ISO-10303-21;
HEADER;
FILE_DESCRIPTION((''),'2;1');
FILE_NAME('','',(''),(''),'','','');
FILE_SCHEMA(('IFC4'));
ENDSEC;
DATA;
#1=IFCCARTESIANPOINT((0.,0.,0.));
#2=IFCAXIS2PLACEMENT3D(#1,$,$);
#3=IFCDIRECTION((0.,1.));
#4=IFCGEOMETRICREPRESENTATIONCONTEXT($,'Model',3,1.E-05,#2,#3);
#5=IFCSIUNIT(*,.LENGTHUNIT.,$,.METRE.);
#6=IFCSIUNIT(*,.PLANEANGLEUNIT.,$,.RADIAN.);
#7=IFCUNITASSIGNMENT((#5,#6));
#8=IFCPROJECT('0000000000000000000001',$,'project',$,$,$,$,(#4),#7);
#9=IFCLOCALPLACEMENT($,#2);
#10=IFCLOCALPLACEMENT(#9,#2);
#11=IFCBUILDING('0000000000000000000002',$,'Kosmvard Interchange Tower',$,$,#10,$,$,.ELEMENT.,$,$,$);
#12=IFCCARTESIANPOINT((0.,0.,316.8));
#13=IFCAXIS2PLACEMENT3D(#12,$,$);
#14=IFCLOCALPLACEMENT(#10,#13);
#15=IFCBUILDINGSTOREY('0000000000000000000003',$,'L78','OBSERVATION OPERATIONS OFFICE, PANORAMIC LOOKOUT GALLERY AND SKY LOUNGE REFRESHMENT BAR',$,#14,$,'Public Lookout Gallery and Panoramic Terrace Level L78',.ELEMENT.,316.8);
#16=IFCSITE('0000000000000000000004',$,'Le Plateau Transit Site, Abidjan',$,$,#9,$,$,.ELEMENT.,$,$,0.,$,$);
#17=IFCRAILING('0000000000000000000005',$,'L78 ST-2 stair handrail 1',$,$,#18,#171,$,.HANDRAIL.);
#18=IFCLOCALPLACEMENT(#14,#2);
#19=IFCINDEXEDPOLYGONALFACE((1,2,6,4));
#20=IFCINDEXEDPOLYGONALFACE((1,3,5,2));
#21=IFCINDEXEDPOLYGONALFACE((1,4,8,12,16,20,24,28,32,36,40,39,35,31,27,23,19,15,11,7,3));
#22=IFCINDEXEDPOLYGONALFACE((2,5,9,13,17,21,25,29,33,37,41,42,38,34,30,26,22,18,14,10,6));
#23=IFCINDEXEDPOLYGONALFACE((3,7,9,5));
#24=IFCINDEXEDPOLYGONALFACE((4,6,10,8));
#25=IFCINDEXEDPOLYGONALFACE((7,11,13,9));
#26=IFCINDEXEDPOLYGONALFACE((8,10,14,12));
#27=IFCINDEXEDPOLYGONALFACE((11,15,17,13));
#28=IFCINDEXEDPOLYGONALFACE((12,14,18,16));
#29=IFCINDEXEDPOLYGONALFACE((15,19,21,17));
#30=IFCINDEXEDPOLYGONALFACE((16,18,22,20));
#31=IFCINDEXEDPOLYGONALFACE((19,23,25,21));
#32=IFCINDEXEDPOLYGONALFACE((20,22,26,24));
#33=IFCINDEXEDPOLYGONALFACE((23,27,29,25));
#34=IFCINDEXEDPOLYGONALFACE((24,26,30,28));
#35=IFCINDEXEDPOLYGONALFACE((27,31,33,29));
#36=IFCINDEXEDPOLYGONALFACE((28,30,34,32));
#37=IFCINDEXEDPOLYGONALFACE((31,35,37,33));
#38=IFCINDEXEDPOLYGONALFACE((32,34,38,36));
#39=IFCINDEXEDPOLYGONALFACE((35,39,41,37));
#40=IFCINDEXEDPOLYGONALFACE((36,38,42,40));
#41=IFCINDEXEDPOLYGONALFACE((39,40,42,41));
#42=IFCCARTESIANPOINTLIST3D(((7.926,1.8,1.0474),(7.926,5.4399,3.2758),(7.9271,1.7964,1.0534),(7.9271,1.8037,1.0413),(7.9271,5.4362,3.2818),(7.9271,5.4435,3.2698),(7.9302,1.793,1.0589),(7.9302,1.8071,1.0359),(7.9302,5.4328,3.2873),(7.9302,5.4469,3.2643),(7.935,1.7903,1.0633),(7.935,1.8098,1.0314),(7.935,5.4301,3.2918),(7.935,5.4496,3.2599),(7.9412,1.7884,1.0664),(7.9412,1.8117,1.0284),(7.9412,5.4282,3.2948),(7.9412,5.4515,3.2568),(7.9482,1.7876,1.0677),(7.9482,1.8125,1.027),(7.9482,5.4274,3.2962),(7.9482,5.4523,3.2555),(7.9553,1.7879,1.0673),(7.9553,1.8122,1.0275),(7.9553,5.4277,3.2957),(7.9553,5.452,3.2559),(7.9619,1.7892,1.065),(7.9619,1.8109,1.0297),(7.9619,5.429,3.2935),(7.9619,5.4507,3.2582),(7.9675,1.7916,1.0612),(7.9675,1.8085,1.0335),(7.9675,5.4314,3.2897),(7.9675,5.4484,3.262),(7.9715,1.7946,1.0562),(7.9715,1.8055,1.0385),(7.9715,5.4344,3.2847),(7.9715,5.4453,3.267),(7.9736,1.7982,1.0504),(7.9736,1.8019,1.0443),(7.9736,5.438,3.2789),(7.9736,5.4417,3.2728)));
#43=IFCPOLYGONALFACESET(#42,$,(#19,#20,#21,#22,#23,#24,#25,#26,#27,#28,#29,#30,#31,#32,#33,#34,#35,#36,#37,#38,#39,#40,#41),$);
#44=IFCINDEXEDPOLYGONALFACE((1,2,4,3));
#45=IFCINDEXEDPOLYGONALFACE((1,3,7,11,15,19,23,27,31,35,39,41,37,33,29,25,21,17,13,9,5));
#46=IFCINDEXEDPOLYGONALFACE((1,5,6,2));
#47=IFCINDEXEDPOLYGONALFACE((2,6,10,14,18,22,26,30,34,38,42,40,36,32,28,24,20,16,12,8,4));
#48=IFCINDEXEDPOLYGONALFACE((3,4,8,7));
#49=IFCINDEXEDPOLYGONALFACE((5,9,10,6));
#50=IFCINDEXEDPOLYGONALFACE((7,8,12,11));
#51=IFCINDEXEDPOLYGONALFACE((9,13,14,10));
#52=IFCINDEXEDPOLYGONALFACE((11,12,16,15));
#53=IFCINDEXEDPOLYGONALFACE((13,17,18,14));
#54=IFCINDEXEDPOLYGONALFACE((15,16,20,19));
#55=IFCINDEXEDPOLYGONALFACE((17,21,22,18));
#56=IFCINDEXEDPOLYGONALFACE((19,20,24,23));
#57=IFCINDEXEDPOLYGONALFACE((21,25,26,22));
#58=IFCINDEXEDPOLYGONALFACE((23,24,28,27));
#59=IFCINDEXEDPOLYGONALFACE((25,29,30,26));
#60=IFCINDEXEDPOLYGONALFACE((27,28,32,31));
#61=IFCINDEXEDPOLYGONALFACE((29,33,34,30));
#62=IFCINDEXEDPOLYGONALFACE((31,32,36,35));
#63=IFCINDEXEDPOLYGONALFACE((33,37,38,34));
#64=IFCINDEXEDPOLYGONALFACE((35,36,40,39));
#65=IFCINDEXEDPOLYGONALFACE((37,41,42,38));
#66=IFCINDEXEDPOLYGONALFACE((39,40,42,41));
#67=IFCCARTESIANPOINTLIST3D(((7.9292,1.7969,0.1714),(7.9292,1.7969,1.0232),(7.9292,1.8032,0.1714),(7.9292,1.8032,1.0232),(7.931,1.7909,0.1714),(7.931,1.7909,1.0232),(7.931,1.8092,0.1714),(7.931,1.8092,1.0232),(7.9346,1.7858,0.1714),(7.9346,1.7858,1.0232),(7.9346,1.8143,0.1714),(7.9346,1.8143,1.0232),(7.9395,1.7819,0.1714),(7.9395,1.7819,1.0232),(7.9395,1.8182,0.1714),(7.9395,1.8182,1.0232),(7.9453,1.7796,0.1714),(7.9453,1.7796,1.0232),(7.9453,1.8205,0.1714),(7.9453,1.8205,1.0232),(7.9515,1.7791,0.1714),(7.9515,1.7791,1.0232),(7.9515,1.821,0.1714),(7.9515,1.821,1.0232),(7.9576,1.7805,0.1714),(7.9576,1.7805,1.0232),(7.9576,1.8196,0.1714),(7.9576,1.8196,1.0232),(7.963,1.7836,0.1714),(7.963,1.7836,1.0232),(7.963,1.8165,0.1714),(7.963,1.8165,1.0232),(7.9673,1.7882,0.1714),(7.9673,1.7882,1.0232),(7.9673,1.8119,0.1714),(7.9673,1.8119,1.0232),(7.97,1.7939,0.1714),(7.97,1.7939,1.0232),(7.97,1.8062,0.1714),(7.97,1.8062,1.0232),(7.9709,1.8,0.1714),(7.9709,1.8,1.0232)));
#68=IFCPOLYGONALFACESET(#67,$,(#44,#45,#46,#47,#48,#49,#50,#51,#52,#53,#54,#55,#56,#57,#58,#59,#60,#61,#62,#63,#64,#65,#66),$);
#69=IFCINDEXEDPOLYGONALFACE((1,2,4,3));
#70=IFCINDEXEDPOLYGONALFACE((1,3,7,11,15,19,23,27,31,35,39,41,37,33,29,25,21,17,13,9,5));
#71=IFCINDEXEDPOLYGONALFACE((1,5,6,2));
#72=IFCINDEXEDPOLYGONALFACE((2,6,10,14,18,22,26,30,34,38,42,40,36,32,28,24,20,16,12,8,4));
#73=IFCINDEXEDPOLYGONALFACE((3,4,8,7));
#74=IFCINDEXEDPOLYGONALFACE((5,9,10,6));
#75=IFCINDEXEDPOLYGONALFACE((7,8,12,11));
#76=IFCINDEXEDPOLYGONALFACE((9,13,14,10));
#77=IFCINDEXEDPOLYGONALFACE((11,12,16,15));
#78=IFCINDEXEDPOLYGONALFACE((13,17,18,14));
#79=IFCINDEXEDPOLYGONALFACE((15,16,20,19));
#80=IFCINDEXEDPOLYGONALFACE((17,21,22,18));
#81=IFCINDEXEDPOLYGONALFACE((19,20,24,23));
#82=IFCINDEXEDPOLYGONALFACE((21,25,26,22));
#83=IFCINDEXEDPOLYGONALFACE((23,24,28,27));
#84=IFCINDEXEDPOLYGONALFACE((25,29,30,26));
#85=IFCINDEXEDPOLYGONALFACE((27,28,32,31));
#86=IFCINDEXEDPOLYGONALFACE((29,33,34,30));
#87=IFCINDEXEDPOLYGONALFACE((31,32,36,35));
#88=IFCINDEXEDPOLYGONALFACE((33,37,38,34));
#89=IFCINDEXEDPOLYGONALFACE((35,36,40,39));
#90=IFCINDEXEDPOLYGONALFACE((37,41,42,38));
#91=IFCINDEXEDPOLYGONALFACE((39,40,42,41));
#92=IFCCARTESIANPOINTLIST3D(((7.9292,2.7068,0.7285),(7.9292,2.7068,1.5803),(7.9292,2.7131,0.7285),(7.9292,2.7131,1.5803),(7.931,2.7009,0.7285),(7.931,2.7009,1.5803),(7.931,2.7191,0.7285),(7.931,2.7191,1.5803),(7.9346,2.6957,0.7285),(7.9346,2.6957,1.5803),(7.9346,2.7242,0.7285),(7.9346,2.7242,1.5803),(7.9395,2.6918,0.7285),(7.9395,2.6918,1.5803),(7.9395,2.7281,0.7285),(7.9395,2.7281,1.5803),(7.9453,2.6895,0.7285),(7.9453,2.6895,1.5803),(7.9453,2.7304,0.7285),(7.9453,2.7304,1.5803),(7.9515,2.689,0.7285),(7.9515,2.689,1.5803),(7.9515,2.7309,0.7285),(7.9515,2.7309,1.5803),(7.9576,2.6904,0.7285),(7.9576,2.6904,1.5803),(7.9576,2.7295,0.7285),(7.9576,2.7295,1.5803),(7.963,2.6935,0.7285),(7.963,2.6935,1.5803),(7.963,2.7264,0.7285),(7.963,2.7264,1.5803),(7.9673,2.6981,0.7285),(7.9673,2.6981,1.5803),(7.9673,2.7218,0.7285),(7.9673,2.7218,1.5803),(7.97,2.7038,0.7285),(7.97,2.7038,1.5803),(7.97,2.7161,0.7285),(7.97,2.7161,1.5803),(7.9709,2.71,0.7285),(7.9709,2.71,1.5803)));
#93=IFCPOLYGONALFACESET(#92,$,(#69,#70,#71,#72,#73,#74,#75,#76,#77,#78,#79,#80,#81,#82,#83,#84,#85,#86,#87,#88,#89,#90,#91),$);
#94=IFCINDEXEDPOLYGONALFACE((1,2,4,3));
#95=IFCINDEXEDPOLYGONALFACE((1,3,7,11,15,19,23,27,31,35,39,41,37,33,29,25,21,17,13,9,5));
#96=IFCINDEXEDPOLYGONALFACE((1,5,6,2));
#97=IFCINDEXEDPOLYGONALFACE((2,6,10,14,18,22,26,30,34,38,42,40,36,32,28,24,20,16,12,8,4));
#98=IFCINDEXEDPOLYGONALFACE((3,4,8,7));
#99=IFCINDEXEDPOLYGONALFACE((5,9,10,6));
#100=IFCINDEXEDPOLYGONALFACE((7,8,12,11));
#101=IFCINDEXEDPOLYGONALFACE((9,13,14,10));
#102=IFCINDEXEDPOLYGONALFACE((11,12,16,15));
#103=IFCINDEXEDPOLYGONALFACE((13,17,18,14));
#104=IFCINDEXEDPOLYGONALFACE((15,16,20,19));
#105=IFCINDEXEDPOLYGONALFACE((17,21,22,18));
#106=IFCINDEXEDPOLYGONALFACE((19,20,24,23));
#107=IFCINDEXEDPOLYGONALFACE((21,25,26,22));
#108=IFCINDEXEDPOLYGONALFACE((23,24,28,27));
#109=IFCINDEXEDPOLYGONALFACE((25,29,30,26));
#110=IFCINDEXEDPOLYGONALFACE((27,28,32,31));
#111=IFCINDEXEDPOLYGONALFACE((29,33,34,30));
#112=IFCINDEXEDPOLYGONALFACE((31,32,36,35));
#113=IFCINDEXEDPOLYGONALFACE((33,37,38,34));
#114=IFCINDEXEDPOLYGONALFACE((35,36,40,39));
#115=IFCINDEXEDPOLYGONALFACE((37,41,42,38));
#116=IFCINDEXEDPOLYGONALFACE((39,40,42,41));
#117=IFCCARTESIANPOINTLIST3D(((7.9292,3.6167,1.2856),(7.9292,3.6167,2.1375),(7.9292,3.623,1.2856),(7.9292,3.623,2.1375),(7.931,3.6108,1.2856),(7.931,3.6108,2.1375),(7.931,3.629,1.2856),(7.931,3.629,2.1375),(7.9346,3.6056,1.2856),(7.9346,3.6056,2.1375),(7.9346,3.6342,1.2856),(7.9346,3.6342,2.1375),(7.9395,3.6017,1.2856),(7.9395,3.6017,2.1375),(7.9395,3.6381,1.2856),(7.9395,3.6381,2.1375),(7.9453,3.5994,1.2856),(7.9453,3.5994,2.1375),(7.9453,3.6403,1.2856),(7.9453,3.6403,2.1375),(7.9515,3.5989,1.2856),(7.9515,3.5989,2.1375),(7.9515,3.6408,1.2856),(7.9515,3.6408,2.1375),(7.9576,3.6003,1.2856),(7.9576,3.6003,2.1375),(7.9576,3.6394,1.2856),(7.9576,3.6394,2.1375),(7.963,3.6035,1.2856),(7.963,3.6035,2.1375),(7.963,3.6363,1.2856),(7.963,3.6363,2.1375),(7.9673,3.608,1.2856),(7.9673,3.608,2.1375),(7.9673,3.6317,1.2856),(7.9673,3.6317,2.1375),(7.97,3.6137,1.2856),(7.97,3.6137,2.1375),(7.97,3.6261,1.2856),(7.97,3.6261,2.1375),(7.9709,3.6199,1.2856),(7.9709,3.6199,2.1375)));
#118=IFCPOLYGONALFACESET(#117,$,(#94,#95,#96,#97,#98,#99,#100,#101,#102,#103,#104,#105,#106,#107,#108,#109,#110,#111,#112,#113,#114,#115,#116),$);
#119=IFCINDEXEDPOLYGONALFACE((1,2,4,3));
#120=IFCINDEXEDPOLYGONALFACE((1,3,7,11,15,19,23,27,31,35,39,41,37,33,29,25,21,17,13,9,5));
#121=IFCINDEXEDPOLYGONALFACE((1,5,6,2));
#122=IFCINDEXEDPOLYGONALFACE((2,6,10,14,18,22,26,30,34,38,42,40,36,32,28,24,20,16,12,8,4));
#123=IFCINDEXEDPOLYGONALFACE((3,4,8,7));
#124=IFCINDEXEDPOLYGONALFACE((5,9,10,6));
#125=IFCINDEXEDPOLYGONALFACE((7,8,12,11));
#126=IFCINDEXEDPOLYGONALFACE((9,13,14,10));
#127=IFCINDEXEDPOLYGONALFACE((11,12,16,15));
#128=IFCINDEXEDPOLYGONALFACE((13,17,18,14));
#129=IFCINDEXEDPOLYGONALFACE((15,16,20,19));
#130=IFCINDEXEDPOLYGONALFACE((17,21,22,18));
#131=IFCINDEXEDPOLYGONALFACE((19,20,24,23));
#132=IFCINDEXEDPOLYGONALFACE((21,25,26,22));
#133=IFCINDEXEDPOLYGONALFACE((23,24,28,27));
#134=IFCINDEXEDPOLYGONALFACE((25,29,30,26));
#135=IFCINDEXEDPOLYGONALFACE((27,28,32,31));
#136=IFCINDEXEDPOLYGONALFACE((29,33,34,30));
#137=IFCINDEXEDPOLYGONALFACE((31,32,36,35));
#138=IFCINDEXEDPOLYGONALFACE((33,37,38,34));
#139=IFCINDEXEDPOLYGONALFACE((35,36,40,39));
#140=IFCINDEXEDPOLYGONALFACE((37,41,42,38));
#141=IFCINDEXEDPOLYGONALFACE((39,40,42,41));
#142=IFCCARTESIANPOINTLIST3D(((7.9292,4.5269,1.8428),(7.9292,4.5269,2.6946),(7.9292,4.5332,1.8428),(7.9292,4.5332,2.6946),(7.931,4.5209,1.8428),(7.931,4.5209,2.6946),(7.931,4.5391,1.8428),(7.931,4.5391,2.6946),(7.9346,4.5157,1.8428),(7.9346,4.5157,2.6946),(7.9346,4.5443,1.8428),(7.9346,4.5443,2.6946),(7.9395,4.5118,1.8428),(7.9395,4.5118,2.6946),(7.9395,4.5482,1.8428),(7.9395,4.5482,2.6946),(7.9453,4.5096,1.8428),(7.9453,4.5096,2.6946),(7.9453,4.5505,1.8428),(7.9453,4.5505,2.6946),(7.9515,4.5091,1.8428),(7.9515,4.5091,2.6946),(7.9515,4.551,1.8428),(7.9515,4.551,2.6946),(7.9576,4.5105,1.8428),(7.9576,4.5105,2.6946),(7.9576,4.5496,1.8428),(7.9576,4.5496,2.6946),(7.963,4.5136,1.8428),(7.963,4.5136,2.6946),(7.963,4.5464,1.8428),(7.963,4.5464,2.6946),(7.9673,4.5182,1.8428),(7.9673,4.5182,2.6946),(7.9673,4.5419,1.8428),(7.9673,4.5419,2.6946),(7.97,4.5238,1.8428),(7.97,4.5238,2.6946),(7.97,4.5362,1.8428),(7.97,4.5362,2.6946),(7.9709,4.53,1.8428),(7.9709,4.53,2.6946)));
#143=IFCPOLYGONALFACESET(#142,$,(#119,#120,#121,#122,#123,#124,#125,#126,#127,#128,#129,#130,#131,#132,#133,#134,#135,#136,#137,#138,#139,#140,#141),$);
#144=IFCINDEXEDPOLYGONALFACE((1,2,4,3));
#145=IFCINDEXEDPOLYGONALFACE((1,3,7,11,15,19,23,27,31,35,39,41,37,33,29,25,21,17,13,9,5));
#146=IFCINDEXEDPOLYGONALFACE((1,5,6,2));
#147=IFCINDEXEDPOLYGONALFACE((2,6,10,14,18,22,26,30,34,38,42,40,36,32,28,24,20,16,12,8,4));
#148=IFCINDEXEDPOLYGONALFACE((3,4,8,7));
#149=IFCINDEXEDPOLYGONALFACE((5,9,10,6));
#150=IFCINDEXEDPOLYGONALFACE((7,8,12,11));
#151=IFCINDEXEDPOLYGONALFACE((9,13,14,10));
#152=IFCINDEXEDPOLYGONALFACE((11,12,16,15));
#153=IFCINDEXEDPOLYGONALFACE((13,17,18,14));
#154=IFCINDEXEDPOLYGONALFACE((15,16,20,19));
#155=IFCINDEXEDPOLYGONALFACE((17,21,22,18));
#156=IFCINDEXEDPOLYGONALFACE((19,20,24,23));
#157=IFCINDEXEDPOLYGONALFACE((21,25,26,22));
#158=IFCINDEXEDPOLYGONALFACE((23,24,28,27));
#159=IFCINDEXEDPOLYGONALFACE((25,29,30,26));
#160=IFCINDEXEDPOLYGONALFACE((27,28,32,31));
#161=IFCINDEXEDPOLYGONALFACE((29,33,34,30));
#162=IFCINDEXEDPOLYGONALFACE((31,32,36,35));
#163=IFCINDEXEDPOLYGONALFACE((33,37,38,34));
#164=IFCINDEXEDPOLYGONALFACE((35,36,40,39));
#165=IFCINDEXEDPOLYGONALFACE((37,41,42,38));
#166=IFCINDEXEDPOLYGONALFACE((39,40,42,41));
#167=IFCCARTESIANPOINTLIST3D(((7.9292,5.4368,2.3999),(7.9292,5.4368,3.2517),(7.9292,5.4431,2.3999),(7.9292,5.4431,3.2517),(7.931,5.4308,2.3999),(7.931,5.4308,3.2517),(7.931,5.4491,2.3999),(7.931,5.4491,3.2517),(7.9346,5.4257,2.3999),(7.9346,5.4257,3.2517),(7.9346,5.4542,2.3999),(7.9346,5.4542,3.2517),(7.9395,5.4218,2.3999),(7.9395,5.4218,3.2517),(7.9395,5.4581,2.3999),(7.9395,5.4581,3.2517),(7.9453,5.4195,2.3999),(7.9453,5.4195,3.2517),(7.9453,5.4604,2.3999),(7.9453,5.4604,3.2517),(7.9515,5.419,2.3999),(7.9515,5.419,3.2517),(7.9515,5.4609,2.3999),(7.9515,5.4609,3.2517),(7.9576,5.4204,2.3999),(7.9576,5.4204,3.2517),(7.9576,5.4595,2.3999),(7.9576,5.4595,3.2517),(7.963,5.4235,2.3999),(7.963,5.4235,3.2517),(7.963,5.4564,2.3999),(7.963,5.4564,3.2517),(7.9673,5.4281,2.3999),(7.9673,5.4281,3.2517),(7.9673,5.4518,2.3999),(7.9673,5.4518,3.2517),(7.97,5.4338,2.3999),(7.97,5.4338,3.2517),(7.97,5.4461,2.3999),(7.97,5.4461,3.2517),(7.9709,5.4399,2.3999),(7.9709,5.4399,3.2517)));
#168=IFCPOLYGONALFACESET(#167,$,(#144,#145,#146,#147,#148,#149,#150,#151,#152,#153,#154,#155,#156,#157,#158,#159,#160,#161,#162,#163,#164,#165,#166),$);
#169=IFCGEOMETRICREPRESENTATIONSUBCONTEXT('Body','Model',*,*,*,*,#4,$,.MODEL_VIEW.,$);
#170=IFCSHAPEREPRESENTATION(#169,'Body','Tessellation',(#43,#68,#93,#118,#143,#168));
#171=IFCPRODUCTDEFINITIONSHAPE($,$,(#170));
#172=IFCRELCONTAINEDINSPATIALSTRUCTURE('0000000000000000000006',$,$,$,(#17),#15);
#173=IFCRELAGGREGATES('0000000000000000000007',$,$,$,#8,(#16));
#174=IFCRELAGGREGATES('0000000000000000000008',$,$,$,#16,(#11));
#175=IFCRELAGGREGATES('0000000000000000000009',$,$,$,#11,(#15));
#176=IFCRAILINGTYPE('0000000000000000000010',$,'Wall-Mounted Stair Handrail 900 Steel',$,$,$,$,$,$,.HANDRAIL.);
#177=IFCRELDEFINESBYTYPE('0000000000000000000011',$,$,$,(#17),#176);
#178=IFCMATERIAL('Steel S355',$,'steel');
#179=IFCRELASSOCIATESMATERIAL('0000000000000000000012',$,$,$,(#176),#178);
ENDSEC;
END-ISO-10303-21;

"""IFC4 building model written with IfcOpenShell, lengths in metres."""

from ifc_helpers import new_model, si_unit, direction, frame, origin, origin_2d, place, context, subcontext, project, spatial, circle, extrude, source, transform, mapped, material, type_object, element, save


model = new_model("IFC4")

# Units and contexts
model_context = context("Model", 3, precision=1e-05, world=origin(), true_north=direction((0.0, 1.0)))
body_context = subcontext(model_context, "Body", "Model", "MODEL_VIEW")
ifc_project = project(units=[si_unit("LENGTHUNIT", "METRE"), si_unit("PLANEANGLEUNIT", "RADIAN")], contexts=[model_context])

# Site, building, storey
site_placement = place(None, origin())
site = spatial("IfcSite", under=ifc_project, at=site_placement, Name="Le Plateau Transit Site, Abidjan", CompositionType="ELEMENT", RefElevation=0.0)
building_placement = place(site_placement, origin())
building = spatial("IfcBuilding", under=site, at=building_placement, Name="Kosmvard Interchange Tower", CompositionType="ELEMENT")
storey_placement = place(building_placement, frame((0.0, 0.0, 316.8)))
storey = spatial("IfcBuildingStorey", under=building, at=storey_placement, Name="L78", Description="OBSERVATION OPERATIONS OFFICE, PANORAMIC LOOKOUT GALLERY AND SKY LOUNGE REFRESHMENT BAR", LongName="Public Lookout Gallery and Panoramic Terrace Level L78", CompositionType="ELEMENT", Elevation=316.8)

# Shared definitions
ifc_material_1 = material(Name="Steel S355", Category="steel")

# Railing
railing_type_1 = type_object("IfcRailingType", Name="Wall-Mounted Stair Handrail 900 Steel", PredefinedType="HANDRAIL", material=ifc_material_1)
shared_shape_1 = source(origin(), body_context, "Body", "SweptSolid", [
    extrude(circle(Radius=0.0239, at=origin_2d()), frame((0.0, 0.0, 0.876), z_axis=(0.0, 0.85285, 0.522156), x_axis=(-1.0, 0.0, 0.0)), (0.0, 0.0, 1.0), 4.2678),
    extrude(circle(Radius=0.021, at=origin_2d()), origin(), (0.0, 0.0, 1.0), 0.8518),
    extrude(circle(Radius=0.021, at=origin_2d()), frame((0.0, 0.9099, 0.5571)), (0.0, 0.0, 1.0), 0.8518),
    extrude(circle(Radius=0.021, at=origin_2d()), frame((0.0, 1.8198, 1.1143)), (0.0, 0.0, 1.0), 0.8518),
    extrude(circle(Radius=0.021, at=origin_2d()), frame((0.0, 2.73, 1.6714)), (0.0, 0.0, 1.0), 0.8518),
    extrude(circle(Radius=0.021, at=origin_2d()), frame((0.0, 3.6399, 2.2285)), (0.0, 0.0, 1.0), 0.8518),
])
railing_1_placement = place(storey_placement, frame((7.95, 1.8, 0.1714)))
element("IfcRailing", 1, at=railing_1_placement, inside=storey, type_object=railing_type_1, Name="L78 ST-2 stair handrail 1", PredefinedType="HANDRAIL", context=body_context, shape_type="MappedRepresentation", body=[
    mapped(shared_shape_1, transform((0.0, 0.0, 0.0), scale=1.0)),
])

save(model, "model.ifc")
